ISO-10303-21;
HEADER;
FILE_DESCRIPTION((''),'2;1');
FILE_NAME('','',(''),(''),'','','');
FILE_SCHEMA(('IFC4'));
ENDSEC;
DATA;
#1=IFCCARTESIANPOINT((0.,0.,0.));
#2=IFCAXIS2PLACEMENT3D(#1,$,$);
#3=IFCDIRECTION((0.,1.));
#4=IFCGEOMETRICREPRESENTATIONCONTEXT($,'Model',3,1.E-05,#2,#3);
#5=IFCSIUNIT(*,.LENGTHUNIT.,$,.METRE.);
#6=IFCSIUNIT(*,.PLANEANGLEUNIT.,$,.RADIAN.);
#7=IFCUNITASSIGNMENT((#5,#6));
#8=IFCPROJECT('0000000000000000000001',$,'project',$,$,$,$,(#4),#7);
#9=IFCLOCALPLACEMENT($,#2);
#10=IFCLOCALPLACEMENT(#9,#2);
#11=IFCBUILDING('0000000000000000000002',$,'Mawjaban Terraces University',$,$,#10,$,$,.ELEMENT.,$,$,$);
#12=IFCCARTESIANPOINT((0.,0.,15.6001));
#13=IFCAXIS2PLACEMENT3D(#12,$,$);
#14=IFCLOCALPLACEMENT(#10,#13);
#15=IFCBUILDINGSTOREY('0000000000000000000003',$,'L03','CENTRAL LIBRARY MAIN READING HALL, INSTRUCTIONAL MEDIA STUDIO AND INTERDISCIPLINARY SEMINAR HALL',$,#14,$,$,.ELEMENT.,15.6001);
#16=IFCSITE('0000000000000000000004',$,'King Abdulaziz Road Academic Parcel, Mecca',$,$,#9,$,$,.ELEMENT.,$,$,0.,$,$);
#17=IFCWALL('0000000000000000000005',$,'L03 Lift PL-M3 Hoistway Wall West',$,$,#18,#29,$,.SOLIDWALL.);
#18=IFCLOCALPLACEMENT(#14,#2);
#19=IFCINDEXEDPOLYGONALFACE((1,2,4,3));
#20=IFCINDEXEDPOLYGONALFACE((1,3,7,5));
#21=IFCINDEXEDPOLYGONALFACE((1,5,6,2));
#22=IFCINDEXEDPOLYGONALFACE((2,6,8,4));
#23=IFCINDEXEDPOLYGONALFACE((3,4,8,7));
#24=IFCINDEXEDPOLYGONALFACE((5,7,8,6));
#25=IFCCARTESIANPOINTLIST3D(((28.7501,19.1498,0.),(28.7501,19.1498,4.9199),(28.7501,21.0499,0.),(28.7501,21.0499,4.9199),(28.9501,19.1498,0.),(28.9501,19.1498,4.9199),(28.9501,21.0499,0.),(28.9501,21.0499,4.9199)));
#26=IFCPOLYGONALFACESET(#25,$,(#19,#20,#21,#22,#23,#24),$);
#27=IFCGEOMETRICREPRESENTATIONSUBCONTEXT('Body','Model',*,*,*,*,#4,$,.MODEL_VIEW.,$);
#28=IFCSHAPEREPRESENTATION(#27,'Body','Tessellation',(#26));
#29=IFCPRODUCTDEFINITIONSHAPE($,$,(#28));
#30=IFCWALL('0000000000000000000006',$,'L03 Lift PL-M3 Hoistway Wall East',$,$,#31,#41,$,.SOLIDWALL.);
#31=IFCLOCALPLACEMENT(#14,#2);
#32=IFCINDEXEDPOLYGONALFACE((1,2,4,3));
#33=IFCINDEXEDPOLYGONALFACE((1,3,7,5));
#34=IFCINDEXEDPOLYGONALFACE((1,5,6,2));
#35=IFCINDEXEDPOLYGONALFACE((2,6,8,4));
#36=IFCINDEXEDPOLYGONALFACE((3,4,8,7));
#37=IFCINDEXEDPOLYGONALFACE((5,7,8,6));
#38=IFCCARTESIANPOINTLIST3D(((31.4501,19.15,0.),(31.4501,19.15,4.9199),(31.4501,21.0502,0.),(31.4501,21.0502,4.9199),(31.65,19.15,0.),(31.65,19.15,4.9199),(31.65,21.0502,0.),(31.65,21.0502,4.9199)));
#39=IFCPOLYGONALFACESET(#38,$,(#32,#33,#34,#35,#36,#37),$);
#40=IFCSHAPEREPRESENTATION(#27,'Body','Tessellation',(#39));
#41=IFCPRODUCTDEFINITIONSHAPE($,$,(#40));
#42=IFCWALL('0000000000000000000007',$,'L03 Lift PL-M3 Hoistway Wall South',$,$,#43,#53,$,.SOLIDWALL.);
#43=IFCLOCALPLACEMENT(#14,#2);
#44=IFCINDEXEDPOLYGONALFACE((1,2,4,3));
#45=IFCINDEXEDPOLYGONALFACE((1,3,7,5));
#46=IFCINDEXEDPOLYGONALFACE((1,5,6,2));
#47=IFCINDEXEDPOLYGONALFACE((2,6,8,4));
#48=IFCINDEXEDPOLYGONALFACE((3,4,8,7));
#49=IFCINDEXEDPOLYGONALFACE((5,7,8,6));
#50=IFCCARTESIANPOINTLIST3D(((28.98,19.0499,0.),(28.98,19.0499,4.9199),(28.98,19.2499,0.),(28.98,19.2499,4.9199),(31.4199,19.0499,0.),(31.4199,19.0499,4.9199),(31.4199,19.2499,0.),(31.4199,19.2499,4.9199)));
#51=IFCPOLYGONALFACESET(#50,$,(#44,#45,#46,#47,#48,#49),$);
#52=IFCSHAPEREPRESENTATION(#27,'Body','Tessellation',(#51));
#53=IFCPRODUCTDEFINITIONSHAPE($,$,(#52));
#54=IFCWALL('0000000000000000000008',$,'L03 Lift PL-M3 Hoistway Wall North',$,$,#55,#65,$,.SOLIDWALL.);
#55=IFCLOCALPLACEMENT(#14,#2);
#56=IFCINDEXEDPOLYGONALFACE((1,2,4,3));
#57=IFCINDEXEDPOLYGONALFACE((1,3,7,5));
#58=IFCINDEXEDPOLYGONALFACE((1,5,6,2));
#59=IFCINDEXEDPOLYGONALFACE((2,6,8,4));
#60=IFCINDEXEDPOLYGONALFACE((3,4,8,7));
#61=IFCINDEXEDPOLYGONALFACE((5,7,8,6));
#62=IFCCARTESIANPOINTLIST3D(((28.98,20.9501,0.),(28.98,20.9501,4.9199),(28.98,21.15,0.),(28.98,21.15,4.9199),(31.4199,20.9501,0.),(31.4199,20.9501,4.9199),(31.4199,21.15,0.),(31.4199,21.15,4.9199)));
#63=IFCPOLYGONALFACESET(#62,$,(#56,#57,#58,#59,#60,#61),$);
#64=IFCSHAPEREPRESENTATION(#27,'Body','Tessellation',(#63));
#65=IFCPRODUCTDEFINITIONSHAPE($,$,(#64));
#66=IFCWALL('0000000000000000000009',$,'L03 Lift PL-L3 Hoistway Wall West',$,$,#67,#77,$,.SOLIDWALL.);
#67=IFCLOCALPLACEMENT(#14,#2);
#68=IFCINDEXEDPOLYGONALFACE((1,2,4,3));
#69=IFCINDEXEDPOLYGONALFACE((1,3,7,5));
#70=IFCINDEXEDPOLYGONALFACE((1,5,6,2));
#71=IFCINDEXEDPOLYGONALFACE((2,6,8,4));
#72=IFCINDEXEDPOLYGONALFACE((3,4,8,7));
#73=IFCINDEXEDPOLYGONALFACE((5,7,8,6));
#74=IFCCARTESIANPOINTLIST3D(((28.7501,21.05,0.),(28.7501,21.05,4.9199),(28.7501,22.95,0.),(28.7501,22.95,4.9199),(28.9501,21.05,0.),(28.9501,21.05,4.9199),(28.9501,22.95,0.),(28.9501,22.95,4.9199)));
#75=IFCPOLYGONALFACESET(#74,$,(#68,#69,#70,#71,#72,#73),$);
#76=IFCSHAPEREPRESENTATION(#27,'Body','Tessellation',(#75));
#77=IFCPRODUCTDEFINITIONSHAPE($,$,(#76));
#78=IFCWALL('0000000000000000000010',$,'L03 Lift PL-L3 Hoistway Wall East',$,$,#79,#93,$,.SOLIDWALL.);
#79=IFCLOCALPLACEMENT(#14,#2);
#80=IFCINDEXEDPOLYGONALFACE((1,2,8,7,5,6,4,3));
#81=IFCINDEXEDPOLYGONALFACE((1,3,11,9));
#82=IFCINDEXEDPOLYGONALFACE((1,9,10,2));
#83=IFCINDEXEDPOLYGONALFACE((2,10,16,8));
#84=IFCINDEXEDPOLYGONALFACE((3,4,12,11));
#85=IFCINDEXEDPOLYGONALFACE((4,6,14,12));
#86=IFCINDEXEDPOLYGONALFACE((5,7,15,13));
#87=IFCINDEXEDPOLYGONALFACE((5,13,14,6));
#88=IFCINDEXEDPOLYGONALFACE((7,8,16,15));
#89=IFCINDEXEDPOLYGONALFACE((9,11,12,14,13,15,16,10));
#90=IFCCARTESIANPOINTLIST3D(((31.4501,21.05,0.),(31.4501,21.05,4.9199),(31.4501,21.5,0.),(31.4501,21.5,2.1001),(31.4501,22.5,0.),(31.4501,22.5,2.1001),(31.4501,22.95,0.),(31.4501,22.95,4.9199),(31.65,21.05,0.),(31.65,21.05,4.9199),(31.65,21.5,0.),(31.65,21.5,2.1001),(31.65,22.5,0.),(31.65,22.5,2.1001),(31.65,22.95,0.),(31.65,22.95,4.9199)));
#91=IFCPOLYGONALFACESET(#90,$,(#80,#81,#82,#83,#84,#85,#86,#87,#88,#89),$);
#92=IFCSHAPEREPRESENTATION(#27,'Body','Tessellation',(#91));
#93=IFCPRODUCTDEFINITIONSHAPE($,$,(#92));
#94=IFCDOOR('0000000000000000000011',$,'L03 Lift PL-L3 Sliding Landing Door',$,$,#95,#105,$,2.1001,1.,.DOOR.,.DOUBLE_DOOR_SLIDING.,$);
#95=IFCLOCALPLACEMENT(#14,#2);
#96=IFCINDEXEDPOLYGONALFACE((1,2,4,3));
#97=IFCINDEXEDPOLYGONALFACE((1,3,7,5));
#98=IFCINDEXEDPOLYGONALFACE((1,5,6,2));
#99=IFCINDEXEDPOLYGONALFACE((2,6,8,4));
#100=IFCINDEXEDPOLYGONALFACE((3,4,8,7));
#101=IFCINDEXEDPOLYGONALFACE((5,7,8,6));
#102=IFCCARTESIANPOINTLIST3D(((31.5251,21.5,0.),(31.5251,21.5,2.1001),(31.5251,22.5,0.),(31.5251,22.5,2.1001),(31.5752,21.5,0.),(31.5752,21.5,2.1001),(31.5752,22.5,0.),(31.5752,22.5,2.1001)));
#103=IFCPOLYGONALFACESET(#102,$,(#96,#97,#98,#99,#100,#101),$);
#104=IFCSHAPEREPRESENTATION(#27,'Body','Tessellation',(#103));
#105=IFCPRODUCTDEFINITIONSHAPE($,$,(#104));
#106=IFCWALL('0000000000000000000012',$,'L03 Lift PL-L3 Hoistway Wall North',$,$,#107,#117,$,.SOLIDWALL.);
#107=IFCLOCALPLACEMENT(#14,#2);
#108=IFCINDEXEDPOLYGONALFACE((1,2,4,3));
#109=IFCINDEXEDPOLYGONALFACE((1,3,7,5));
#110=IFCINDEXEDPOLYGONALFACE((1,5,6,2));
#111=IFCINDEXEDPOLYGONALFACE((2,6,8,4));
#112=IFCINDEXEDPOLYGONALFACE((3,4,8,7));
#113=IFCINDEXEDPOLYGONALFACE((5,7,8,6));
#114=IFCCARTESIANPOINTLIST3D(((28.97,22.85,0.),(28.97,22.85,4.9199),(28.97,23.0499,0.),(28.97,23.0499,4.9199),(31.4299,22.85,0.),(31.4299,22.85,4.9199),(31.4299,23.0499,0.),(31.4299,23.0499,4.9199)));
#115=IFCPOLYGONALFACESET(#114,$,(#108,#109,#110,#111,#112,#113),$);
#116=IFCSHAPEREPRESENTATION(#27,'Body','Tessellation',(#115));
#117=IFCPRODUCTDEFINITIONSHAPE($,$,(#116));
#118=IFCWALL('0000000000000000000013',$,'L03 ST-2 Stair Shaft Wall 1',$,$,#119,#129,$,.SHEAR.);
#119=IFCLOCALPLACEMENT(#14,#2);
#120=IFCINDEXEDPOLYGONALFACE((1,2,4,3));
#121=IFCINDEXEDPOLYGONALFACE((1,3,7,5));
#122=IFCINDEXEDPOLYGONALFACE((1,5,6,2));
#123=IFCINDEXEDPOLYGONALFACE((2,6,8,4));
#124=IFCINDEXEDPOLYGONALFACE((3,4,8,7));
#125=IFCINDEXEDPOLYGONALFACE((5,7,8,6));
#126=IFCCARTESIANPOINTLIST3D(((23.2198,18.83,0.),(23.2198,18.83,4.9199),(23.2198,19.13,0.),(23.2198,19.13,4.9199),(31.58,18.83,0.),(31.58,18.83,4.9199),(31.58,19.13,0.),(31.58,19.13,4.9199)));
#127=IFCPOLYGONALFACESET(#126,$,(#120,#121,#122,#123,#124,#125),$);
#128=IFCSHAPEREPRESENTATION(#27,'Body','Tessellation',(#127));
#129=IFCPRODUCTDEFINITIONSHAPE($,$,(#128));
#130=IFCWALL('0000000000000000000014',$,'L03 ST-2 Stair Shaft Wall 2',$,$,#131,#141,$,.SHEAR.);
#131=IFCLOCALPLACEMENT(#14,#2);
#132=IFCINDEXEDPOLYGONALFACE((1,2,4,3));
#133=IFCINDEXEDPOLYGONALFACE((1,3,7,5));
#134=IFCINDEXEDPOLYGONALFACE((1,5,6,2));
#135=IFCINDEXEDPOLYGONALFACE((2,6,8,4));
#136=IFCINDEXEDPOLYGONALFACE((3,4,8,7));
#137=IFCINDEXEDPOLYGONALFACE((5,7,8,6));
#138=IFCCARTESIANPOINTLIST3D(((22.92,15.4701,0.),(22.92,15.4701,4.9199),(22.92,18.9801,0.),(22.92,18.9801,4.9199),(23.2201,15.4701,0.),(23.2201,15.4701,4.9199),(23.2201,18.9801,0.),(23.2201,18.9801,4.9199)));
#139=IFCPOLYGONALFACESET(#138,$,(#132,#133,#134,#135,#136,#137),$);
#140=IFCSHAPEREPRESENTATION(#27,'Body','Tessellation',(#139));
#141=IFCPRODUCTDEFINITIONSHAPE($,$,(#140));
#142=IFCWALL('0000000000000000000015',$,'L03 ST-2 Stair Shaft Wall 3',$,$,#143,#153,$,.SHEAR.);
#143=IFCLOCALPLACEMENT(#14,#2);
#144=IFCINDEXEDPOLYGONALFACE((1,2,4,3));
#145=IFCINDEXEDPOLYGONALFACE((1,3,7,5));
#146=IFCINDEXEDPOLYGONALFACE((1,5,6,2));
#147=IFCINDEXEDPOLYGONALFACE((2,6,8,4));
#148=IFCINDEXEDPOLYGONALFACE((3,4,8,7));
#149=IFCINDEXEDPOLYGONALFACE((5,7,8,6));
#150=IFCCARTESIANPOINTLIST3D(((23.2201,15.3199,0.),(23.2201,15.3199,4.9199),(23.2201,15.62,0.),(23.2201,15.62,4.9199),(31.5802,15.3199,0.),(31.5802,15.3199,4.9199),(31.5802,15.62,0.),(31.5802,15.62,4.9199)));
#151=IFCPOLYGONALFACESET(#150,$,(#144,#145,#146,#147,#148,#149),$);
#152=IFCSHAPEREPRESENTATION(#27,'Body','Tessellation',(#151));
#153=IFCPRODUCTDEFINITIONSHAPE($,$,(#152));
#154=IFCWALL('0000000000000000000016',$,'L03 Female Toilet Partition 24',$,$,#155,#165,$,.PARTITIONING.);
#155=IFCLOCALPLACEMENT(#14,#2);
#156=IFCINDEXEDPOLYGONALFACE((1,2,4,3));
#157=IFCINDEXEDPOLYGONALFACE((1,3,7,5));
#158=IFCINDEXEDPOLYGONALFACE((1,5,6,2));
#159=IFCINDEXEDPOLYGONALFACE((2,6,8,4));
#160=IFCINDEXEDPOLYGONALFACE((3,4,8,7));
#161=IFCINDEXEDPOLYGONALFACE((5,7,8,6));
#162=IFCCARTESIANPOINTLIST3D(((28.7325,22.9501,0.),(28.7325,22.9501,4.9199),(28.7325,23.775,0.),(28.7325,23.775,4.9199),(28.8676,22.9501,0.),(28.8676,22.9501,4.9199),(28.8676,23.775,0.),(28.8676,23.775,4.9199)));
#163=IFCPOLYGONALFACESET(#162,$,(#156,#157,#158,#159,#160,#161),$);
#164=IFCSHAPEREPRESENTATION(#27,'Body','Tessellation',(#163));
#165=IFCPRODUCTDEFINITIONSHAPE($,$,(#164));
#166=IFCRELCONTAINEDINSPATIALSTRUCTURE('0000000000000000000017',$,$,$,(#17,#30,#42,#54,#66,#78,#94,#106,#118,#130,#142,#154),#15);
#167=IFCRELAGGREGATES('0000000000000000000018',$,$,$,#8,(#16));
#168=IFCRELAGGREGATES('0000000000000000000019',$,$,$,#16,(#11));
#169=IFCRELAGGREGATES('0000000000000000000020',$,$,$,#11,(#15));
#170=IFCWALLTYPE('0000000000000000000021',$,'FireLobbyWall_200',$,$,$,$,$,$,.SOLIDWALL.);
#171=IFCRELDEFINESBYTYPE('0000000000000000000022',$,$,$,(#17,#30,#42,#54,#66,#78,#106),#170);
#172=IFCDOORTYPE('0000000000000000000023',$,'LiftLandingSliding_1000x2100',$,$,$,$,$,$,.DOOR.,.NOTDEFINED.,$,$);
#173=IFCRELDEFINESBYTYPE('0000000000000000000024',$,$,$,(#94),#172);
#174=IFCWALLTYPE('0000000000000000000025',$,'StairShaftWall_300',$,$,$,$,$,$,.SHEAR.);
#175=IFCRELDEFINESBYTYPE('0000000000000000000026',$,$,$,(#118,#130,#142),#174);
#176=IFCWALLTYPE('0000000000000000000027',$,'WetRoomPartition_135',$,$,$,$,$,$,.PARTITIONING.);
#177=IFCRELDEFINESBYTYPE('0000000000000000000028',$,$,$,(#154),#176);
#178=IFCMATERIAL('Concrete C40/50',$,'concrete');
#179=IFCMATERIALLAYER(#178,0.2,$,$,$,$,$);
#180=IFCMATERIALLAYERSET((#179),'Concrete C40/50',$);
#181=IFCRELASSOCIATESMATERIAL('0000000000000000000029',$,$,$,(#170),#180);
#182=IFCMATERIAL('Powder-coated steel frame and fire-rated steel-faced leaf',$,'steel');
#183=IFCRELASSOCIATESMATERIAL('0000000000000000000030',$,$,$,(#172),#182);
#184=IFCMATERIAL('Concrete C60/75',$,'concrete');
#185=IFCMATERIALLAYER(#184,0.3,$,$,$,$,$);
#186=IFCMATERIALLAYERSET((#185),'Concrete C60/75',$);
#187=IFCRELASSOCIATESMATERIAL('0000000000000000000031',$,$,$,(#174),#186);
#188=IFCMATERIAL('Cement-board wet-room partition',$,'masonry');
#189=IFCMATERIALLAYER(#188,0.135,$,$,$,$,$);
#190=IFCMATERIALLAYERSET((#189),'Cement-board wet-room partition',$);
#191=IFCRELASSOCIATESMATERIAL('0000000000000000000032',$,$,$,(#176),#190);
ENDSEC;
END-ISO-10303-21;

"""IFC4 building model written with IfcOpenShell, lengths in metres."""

from ifc_helpers import new_model, si_unit, direction, frame, frame_2d, origin, place, context, subcontext, project, spatial, rectangle, extrude, material, layer, layer_set, type_object, element, fill, save


model = new_model("IFC4")

# Units and contexts
model_context = context("Model", 3, precision=1e-05, world=origin(), true_north=direction((0.0, 1.0)))
body_context = subcontext(model_context, "Body", "Model", "MODEL_VIEW")
ifc_project = project(units=[si_unit("LENGTHUNIT", "METRE"), si_unit("PLANEANGLEUNIT", "RADIAN")], contexts=[model_context])

# Site, building, storey
site_placement = place(None, origin())
site = spatial("IfcSite", under=ifc_project, at=site_placement, Name="King Abdulaziz Road Academic Parcel, Mecca", CompositionType="ELEMENT", RefElevation=0.0)
building_placement = place(site_placement, origin())
building = spatial("IfcBuilding", under=site, at=building_placement, Name="Mawjaban Terraces University", CompositionType="ELEMENT")
storey_placement = place(building_placement, frame((0.0, 0.0, 15.6001)))
storey = spatial("IfcBuildingStorey", under=building, at=storey_placement, Name="L03", Description="CENTRAL LIBRARY MAIN READING HALL, INSTRUCTIONAL MEDIA STUDIO AND INTERDISCIPLINARY SEMINAR HALL", CompositionType="ELEMENT", Elevation=15.6001)

# Walls
ifc_material_1 = material(Name="Concrete C40/50", Category="concrete")
ifc_layer_1 = layer(ifc_material_1, 0.2)
ifc_layer_set_1 = layer_set([ifc_layer_1], Name="Concrete C40/50")
wall_type_1 = type_object("IfcWallType", Name="FireLobbyWall_200", PredefinedType="SOLIDWALL", material=ifc_layer_set_1)
for number, where, z_axis, x_axis, name in (
    (1, (28.8501, 21.05, 0.0), (0.0, 0.0, 1.0), (0.0, -1.0, 0.0), "L03 Lift PL-M3 Hoistway Wall West"),
    (2, (31.55, 19.1499, 0.0), (0.0, 0.0, 1.0), (0.0, 1.0, 0.0), "L03 Lift PL-M3 Hoistway Wall East"),
):
    element("IfcWall", number, at=place(storey_placement, frame(where, z_axis=z_axis, x_axis=x_axis)), inside=storey, type_object=wall_type_1, Name=name, PredefinedType="SOLIDWALL", context=body_context, shape_type="SweptSolid", body=[
        extrude(rectangle(XDim=1.9001, YDim=0.2, at=frame_2d((0.9502, 0.0))), origin(), (0.0, 0.0, 1.0), 4.9199),
    ])
for number, where, z_axis, x_axis, name in (
    (3, (28.98, 19.1499, 0.0), (0.0, 0.0, 1.0), (1.0, 0.0, 0.0), "L03 Lift PL-M3 Hoistway Wall South"),
    (4, (31.4199, 21.05, 0.0), (0.0, 0.0, 1.0), (-1.0, 0.0, 0.0), "L03 Lift PL-M3 Hoistway Wall North"),
):
    element("IfcWall", number, at=place(storey_placement, frame(where, z_axis=z_axis, x_axis=x_axis)), inside=storey, type_object=wall_type_1, Name=name, PredefinedType="SOLIDWALL", context=body_context, shape_type="SweptSolid", body=[
        extrude(rectangle(XDim=2.4399, YDim=0.2, at=frame_2d((1.22, 0.0))), origin(), (0.0, 0.0, 1.0), 4.9199),
    ])
wall_1_placement = place(storey_placement, frame((28.8501, 22.95, 0.0), z_axis=(0.0, 0.0, 1.0), x_axis=(0.0, -1.0, 0.0)))
element("IfcWall", 5, at=wall_1_placement, inside=storey, type_object=wall_type_1, Name="L03 Lift PL-L3 Hoistway Wall West", PredefinedType="SOLIDWALL", context=body_context, shape_type="SweptSolid", body=[
    extrude(rectangle(XDim=1.8999, YDim=0.2, at=frame_2d((0.95, 0.0))), origin(), (0.0, 0.0, 1.0), 4.9199),
])

# Wall, opening, door
wall_2_placement = place(storey_placement, frame((31.55, 21.05, 0.0), z_axis=(0.0, 0.0, 1.0), x_axis=(0.0, 1.0, 0.0)))
wall_2 = element("IfcWall", 6, at=wall_2_placement, inside=storey, type_object=wall_type_1, Name="L03 Lift PL-L3 Hoistway Wall East", PredefinedType="SOLIDWALL", context=body_context, shape_type="SweptSolid", body=[
    extrude(rectangle(XDim=1.8999, YDim=0.2, at=frame_2d((0.95, 0.0))), origin(), (0.0, 0.0, 1.0), 4.9199),
])
opening_1_placement = place(wall_2_placement, frame((0.45, 0.0, 0.0)))
opening_1 = element("IfcOpeningElement", 7, at=opening_1_placement, cuts=wall_2, PredefinedType="OPENING", context=body_context, shape_type="SweptSolid", body=[
    extrude(rectangle(XDim=1.0, YDim=2.1001, at=frame_2d((0.5, 1.05))), frame((0.0, 0.1099, 0.0), z_axis=(0.0, -1.0, 0.0), x_axis=(1.0, 0.0, 0.0)), (0.0, 0.0, 1.0), 0.22),
])
ifc_material_2 = material(Name="Powder-coated steel frame and fire-rated steel-faced leaf", Category="steel")
door_type_1 = type_object("IfcDoorType", Name="LiftLandingSliding_1000x2100", OperationType="NOTDEFINED", PredefinedType="DOOR", material=ifc_material_2)
door_1_placement = place(opening_1_placement, origin())
door_1 = element("IfcDoor", 8, at=door_1_placement, inside=storey, type_object=door_type_1, Name="L03 Lift PL-L3 Sliding Landing Door", OperationType="DOUBLE_DOOR_SLIDING", OverallHeight=2.1001, OverallWidth=1.0, PredefinedType="DOOR", context=body_context, shape_type="SweptSolid", body=[
    extrude(rectangle(XDim=1.0, YDim=2.1001, at=frame_2d((0.5, 1.05))), frame((0.0, 0.0249, 0.0), z_axis=(0.0, -1.0, 0.0), x_axis=(1.0, 0.0, 0.0)), (0.0, 0.0, 1.0), 0.05),
])
fill(opening_1, door_1)

# Walls
wall_3_placement = place(storey_placement, frame((31.4299, 22.95, 0.0), z_axis=(0.0, 0.0, 1.0), x_axis=(-1.0, 0.0, 0.0)))
element("IfcWall", 9, at=wall_3_placement, inside=storey, type_object=wall_type_1, Name="L03 Lift PL-L3 Hoistway Wall North", PredefinedType="SOLIDWALL", context=body_context, shape_type="SweptSolid", body=[
    extrude(rectangle(XDim=2.46, YDim=0.2, at=frame_2d((1.23, 0.0))), origin(), (0.0, 0.0, 1.0), 4.9199),
])
ifc_material_3 = material(Name="Concrete C60/75", Category="concrete")
ifc_layer_2 = layer(ifc_material_3, 0.3)
ifc_layer_set_2 = layer_set([ifc_layer_2], Name="Concrete C60/75")
wall_type_2 = type_object("IfcWallType", Name="StairShaftWall_300", PredefinedType="SHEAR", material=ifc_layer_set_2)
wall_4_placement = place(storey_placement, frame((31.5801, 18.98, 0.0), z_axis=(0.0, 0.0, 1.0), x_axis=(-1.0, 0.0, 0.0)))
element("IfcWall", 10, at=wall_4_placement, inside=storey, type_object=wall_type_2, Name="L03 ST-2 Stair Shaft Wall 1", PredefinedType="SHEAR", context=body_context, shape_type="SweptSolid", body=[
    extrude(rectangle(XDim=8.3601, YDim=0.3, at=frame_2d((4.1802, 0.0))), origin(), (0.0, 0.0, 1.0), 4.9199),
])
wall_5_placement = place(storey_placement, frame((23.0701, 18.98, 0.0), z_axis=(0.0, 0.0, 1.0), x_axis=(0.0, -1.0, 0.0)))
element("IfcWall", 11, at=wall_5_placement, inside=storey, type_object=wall_type_2, Name="L03 ST-2 Stair Shaft Wall 2", PredefinedType="SHEAR", context=body_context, shape_type="SweptSolid", body=[
    extrude(rectangle(XDim=3.51, YDim=0.3, at=frame_2d((1.7549, 0.0))), origin(), (0.0, 0.0, 1.0), 4.9199),
])
wall_6_placement = place(storey_placement, frame((23.22, 15.47, 0.0), z_axis=(0.0, 0.0, 1.0), x_axis=(1.0, 0.0, 0.0)))
element("IfcWall", 12, at=wall_6_placement, inside=storey, type_object=wall_type_2, Name="L03 ST-2 Stair Shaft Wall 3", PredefinedType="SHEAR", context=body_context, shape_type="SweptSolid", body=[
    extrude(rectangle(XDim=8.3601, YDim=0.3, at=frame_2d((4.1802, 0.0))), origin(), (0.0, 0.0, 1.0), 4.9199),
])
ifc_material_4 = material(Name="Cement-board wet-room partition", Category="masonry")
ifc_layer_3 = layer(ifc_material_4, 0.135)
ifc_layer_set_3 = layer_set([ifc_layer_3], Name="Cement-board wet-room partition")
wall_type_3 = type_object("IfcWallType", Name="WetRoomPartition_135", PredefinedType="PARTITIONING", material=ifc_layer_set_3)
wall_7_placement = place(storey_placement, frame((28.8, 22.95, 0.0), z_axis=(0.0, 0.0, 1.0), x_axis=(0.0, 1.0, 0.0)))
element("IfcWall", 13, at=wall_7_placement, inside=storey, type_object=wall_type_3, Name="L03 Female Toilet Partition 24", PredefinedType="PARTITIONING", context=body_context, shape_type="SweptSolid", body=[
    extrude(rectangle(XDim=0.825, YDim=0.135, at=frame_2d((0.4126, 0.0))), origin(), (0.0, 0.0, 1.0), 4.9199),
])

save(model, "model.ifc")
